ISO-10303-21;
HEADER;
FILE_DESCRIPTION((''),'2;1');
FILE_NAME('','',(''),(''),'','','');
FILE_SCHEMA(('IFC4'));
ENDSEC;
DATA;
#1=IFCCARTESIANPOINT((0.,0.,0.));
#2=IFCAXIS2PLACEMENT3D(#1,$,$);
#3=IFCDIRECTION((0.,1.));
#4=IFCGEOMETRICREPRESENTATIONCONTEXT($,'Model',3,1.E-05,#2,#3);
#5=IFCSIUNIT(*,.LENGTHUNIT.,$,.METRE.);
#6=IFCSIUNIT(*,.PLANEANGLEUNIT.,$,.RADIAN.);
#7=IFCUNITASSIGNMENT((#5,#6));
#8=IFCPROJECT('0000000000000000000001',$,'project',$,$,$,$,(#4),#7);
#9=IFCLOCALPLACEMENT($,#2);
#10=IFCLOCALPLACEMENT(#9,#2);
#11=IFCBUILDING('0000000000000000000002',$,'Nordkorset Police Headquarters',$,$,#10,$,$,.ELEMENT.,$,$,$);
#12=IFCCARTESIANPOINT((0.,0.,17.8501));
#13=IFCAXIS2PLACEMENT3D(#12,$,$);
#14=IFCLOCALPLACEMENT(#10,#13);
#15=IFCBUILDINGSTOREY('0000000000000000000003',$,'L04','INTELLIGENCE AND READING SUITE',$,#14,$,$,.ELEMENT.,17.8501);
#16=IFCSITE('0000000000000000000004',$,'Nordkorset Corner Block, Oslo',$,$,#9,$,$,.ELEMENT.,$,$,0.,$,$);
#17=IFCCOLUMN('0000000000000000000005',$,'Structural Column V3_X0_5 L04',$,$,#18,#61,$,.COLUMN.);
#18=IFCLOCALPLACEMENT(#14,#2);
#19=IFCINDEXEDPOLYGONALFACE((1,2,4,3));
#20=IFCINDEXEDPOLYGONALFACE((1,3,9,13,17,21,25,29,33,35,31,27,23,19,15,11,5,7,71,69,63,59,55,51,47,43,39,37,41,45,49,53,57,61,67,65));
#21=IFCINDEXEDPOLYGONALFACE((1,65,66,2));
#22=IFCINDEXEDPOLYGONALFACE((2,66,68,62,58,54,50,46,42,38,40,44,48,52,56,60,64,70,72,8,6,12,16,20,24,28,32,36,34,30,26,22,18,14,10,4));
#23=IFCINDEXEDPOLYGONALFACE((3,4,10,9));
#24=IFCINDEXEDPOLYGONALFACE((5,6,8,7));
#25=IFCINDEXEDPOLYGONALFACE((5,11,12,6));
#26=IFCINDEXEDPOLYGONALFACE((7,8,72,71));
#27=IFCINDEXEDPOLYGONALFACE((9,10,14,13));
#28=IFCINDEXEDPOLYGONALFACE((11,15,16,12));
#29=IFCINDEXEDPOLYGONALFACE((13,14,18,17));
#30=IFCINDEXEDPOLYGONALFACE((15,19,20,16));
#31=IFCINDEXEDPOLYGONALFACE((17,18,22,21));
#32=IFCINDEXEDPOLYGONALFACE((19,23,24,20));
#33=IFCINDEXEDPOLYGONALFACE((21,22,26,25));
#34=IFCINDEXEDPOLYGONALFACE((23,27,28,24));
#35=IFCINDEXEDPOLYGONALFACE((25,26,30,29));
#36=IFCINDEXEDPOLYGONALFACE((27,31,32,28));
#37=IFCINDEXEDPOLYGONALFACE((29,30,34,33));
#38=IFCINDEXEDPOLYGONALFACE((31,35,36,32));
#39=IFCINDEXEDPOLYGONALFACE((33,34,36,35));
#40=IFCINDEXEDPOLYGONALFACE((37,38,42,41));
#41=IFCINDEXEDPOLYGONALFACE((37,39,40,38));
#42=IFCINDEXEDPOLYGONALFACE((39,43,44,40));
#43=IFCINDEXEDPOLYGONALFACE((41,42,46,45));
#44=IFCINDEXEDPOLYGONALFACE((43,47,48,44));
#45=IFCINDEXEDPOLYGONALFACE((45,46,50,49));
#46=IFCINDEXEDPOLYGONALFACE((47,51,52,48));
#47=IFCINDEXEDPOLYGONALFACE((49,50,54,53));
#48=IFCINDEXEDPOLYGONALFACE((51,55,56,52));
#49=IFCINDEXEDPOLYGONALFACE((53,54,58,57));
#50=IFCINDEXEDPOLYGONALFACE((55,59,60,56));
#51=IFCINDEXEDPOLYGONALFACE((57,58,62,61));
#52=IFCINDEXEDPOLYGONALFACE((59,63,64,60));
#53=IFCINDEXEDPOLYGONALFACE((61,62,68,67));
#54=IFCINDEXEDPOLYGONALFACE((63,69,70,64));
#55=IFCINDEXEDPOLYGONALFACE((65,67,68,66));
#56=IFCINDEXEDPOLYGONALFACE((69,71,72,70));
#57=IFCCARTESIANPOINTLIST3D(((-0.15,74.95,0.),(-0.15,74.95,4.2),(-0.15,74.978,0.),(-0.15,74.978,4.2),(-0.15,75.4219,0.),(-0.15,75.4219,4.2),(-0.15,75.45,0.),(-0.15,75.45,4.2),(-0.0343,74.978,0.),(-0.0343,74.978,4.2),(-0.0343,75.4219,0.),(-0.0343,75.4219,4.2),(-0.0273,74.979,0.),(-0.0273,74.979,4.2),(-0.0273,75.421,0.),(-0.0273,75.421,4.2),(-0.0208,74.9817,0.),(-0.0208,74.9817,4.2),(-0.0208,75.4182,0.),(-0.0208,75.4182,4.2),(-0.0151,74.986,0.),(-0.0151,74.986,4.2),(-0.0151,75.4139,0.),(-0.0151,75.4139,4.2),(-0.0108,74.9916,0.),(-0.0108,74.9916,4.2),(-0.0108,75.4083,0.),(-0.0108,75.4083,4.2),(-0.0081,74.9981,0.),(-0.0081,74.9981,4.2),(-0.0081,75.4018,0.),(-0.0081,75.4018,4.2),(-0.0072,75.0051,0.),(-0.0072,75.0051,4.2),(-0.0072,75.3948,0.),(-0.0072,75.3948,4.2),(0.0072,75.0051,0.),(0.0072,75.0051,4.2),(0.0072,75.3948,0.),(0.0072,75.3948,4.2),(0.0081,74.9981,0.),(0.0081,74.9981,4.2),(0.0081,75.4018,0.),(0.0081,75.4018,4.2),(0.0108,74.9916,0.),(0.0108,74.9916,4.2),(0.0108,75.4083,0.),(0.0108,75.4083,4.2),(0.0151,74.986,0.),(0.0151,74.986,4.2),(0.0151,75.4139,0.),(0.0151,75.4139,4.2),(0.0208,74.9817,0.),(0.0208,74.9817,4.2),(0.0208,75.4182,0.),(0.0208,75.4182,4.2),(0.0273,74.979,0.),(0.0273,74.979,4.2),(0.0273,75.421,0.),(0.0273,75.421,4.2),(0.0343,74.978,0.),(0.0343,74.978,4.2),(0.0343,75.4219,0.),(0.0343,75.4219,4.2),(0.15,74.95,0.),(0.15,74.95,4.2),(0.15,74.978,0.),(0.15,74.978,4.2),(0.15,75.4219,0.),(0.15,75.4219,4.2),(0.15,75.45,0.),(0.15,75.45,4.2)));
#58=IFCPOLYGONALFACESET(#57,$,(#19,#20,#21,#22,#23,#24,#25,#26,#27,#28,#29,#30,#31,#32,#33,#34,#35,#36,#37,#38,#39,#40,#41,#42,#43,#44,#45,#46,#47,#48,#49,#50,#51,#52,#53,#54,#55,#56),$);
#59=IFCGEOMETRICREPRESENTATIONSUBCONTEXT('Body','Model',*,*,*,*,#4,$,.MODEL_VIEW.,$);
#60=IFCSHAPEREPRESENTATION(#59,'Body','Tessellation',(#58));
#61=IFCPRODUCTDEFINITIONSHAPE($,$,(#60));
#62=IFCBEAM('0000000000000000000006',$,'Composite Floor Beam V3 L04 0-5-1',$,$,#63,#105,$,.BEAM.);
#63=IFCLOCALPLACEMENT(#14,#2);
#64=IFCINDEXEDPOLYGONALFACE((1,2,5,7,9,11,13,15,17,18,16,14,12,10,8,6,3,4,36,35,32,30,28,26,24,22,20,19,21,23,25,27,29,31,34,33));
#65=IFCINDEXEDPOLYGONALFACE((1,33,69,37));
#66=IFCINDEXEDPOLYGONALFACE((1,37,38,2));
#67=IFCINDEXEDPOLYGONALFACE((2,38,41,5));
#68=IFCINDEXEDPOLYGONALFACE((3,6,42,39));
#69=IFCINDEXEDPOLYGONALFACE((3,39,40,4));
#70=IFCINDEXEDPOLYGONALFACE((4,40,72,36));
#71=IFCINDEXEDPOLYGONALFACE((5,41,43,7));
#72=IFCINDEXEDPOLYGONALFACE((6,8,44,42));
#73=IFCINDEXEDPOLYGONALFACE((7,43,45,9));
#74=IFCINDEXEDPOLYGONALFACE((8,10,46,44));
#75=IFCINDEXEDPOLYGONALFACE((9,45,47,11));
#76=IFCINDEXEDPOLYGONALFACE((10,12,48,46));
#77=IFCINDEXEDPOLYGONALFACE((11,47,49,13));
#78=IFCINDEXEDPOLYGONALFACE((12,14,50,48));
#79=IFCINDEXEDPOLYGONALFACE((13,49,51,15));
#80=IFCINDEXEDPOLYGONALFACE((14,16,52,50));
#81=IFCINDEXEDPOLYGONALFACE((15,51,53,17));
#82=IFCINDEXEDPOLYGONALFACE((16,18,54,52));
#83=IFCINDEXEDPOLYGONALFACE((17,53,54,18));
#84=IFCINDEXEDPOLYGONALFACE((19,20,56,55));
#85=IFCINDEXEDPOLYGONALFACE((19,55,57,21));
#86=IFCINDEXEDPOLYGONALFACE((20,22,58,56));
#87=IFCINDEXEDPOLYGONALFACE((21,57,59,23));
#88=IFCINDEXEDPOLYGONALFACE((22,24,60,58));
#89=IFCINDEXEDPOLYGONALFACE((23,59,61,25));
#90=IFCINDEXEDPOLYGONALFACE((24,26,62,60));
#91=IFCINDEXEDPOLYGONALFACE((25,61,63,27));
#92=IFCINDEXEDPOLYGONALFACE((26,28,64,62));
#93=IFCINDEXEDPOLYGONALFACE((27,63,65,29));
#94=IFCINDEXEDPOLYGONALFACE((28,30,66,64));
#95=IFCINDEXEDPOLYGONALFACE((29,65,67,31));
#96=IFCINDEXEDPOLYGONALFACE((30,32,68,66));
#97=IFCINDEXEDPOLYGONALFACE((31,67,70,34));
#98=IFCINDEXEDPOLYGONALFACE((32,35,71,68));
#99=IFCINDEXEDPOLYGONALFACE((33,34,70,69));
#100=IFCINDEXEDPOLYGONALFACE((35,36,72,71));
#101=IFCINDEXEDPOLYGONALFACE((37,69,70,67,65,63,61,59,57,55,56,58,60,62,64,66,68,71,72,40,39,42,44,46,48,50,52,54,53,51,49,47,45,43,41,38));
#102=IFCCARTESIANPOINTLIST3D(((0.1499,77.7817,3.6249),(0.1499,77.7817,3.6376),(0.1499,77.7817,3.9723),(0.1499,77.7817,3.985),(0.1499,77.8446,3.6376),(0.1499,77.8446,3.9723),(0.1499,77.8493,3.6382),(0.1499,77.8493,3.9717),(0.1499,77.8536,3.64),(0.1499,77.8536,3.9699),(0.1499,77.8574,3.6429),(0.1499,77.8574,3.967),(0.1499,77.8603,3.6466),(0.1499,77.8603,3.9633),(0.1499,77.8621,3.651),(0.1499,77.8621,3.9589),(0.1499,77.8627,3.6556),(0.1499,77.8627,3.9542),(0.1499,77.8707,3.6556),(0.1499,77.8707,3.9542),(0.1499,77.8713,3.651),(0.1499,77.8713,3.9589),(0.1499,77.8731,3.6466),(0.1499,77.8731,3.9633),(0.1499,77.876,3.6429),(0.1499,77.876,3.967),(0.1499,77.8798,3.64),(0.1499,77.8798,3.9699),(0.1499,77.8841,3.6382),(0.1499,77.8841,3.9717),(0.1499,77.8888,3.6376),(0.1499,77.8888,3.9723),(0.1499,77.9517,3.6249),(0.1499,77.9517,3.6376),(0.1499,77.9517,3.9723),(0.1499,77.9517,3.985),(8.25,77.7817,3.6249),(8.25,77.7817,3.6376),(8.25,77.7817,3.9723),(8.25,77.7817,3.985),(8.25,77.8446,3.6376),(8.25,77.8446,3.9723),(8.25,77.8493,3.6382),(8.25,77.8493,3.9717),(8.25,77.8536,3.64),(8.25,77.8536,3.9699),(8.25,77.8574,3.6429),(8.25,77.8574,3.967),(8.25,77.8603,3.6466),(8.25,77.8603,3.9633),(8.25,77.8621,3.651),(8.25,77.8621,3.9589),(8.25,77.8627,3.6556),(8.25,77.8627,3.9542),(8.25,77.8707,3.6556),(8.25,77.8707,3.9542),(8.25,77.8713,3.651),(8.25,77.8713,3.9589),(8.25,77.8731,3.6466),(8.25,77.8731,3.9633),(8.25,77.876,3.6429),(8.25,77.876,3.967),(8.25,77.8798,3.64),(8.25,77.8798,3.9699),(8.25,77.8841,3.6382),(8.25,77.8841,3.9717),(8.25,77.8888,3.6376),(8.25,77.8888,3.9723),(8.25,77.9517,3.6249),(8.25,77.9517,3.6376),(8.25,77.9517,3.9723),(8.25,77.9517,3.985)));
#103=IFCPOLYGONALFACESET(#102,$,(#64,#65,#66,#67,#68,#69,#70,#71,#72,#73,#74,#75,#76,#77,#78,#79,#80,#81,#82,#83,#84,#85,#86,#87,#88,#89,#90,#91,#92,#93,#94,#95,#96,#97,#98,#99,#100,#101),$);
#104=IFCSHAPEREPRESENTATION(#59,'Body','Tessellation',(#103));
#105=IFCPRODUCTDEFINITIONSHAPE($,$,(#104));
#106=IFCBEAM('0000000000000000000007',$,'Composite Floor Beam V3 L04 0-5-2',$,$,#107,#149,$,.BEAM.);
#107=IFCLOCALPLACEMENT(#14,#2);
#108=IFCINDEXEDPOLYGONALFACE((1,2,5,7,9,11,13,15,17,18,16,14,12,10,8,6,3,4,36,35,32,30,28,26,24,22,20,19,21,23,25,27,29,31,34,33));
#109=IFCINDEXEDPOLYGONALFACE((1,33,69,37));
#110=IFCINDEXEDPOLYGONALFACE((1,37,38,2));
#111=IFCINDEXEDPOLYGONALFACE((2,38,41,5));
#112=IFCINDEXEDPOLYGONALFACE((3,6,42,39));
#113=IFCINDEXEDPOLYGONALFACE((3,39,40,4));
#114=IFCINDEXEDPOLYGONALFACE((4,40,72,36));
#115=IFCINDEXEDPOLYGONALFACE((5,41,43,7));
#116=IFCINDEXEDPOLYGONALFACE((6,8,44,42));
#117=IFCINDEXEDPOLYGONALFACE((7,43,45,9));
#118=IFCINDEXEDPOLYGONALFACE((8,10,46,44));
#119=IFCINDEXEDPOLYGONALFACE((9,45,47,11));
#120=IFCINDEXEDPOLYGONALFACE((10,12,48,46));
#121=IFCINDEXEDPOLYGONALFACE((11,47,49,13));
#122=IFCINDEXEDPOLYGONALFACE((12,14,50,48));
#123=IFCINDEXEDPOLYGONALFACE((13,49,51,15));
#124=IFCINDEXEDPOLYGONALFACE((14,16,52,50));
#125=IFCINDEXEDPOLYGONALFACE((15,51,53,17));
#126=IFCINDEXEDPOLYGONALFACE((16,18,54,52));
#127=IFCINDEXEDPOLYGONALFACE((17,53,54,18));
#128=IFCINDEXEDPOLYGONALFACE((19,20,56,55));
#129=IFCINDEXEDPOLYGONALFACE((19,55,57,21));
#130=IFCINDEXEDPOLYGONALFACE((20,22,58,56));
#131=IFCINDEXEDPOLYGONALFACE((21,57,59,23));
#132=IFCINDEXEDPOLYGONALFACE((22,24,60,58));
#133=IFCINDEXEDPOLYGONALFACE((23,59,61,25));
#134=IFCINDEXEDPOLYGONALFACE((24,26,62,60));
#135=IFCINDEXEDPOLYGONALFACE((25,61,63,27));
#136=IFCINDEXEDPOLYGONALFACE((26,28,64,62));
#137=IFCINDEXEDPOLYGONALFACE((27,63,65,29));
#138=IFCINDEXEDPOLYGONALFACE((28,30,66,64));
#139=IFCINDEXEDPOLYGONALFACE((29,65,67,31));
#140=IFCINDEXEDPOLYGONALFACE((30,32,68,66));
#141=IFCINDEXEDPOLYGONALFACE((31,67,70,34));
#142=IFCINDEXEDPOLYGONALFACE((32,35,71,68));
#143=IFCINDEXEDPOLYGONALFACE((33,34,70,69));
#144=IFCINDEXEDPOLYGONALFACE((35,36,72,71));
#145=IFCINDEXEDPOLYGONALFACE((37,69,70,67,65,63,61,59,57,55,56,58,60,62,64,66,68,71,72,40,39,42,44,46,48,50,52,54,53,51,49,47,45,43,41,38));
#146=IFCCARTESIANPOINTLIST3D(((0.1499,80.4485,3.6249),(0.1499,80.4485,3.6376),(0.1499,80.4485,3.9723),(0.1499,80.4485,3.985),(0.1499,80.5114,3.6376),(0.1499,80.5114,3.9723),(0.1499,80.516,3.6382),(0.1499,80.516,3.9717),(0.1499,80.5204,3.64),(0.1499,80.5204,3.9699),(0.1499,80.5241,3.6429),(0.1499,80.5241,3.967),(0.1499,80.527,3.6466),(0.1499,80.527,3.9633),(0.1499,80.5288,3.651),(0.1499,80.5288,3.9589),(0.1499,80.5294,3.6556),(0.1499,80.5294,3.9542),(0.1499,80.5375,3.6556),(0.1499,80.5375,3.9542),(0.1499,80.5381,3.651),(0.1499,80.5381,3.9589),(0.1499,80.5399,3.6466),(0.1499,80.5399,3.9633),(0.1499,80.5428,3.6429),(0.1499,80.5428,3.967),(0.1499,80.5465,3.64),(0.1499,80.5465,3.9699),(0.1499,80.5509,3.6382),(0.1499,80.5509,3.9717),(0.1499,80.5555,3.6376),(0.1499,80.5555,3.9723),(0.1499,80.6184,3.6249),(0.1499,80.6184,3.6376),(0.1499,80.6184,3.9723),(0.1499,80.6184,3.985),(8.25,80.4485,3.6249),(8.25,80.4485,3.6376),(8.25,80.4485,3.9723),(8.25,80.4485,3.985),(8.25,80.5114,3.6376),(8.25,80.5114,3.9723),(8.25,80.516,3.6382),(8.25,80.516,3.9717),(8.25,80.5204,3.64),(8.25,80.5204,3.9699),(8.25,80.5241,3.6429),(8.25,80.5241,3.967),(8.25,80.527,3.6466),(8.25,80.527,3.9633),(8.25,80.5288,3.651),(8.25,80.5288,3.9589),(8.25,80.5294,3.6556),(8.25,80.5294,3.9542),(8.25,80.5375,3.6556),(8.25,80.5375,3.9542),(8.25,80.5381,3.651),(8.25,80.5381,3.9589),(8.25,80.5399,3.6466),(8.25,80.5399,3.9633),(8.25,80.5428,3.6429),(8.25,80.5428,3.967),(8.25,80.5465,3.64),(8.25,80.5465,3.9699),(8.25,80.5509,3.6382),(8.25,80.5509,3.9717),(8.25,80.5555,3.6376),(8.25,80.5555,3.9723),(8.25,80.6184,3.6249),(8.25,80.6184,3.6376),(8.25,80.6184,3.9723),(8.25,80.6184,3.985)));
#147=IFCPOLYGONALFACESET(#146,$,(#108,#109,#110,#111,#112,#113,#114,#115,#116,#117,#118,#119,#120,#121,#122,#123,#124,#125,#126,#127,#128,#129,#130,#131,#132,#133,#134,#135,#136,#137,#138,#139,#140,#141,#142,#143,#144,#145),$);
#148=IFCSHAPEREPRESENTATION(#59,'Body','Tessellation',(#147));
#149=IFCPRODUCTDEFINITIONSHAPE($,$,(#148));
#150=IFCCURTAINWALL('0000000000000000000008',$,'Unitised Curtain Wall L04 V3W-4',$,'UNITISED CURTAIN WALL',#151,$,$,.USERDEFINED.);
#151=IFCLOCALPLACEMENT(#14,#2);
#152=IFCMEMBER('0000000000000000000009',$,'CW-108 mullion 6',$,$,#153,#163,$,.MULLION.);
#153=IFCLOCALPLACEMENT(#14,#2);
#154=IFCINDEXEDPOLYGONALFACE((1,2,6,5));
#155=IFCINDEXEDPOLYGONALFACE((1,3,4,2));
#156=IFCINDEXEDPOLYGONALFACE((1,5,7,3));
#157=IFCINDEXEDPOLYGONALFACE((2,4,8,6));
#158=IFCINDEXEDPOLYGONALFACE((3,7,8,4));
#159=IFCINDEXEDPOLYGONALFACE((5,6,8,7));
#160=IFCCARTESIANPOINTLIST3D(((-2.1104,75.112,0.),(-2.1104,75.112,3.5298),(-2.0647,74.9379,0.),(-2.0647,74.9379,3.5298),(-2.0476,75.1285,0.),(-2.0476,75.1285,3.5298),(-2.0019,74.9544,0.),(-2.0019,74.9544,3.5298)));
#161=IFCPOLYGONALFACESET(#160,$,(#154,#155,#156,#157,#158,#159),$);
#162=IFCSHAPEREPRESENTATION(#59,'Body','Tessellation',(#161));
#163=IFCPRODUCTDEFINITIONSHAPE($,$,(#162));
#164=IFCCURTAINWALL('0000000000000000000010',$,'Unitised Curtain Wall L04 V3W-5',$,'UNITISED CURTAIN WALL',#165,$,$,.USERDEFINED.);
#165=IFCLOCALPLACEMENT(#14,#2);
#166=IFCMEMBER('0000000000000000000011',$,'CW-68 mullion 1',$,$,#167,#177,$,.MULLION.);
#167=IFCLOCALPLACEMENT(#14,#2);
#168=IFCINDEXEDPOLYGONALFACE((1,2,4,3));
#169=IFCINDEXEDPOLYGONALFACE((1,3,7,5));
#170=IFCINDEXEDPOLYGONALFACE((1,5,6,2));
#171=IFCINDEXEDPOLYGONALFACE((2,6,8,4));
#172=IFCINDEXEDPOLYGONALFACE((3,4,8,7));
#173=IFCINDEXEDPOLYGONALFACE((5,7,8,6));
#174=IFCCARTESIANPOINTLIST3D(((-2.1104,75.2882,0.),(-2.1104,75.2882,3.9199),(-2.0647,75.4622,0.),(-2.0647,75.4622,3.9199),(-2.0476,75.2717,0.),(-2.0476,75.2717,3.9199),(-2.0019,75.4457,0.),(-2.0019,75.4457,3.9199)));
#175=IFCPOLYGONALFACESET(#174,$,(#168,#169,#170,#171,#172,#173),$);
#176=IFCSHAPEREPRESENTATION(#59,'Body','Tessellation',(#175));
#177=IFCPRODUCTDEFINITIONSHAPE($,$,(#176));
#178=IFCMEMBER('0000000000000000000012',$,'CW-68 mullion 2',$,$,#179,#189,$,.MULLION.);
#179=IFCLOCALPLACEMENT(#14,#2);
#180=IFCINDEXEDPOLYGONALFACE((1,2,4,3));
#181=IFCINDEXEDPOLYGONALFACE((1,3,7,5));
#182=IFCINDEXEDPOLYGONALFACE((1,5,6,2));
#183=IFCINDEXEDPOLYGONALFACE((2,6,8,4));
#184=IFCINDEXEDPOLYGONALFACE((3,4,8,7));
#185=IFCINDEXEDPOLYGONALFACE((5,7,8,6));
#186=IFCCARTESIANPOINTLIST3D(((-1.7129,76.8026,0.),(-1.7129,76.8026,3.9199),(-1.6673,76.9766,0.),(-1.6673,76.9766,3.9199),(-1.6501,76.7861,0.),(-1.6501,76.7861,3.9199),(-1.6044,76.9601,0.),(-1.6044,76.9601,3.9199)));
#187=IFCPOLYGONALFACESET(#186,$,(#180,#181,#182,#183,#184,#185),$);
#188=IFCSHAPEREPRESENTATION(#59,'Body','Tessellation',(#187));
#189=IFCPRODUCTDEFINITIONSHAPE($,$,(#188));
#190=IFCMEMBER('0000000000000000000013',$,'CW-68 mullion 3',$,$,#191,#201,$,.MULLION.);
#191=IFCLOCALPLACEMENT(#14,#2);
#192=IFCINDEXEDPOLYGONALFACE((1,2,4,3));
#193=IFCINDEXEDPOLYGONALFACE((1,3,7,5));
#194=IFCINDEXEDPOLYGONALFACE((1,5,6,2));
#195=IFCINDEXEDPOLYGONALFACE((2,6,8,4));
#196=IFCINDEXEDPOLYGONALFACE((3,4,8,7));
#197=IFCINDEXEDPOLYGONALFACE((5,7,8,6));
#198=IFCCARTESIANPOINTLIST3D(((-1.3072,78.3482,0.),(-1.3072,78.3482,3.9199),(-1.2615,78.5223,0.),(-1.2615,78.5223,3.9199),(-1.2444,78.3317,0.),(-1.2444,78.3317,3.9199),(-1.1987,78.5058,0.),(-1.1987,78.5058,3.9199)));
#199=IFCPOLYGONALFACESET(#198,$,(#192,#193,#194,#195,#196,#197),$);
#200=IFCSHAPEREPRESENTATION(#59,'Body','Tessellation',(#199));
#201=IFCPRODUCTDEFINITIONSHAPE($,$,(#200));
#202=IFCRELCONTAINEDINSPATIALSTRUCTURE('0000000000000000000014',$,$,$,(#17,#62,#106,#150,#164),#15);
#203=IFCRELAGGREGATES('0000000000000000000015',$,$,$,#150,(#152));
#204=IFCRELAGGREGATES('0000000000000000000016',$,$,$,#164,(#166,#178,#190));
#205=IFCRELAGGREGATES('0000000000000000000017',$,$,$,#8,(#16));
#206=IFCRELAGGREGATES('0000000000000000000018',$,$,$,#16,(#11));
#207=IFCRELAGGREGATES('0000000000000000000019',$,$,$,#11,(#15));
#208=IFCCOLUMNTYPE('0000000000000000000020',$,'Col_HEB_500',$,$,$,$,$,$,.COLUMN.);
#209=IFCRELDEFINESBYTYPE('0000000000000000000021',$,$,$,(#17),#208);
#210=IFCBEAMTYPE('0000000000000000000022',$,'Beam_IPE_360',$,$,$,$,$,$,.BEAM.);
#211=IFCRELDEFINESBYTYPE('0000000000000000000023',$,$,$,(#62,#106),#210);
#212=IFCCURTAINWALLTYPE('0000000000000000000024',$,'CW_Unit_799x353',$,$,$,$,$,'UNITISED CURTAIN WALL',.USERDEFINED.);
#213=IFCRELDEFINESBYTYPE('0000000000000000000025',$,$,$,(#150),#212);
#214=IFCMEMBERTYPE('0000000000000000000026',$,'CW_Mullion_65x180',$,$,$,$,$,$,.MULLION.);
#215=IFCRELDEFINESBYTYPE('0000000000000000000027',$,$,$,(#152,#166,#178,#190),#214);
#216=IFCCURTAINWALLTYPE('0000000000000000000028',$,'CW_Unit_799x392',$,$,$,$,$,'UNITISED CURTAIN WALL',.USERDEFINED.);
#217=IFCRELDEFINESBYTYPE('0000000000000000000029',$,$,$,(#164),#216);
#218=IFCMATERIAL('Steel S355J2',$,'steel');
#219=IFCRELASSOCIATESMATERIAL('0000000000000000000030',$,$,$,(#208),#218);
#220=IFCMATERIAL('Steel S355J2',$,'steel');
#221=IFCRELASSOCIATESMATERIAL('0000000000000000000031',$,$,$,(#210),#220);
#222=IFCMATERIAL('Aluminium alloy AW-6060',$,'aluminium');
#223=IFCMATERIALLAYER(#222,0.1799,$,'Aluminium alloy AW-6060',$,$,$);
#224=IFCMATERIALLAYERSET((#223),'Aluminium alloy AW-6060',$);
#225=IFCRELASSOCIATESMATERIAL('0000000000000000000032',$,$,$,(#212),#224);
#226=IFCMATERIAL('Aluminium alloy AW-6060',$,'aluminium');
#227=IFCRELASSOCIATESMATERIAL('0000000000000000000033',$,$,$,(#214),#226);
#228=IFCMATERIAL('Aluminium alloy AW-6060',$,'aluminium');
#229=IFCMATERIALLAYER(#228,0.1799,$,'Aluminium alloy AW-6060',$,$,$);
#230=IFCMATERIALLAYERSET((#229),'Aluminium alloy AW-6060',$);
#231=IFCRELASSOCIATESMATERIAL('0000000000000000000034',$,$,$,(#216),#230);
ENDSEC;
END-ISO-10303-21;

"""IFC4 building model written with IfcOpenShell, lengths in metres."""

from ifc_helpers import new_model, si_unit, direction, frame, origin, origin_2d, place, context, subcontext, project, spatial, rectangle, i_section, extrude, material, layer, layer_set, material_profile, profile_set, type_object, element, aggregate, save


model = new_model("IFC4")

# Units and contexts
model_context = context("Model", 3, precision=1e-05, world=origin(), true_north=direction((0.0, 1.0)))
body_context = subcontext(model_context, "Body", "Model", "MODEL_VIEW")
ifc_project = project(units=[si_unit("LENGTHUNIT", "METRE"), si_unit("PLANEANGLEUNIT", "RADIAN")], contexts=[model_context])

# Site, building, storey
site_placement = place(None, origin())
site = spatial("IfcSite", under=ifc_project, at=site_placement, Name="Nordkorset Corner Block, Oslo", CompositionType="ELEMENT", RefElevation=0.0)
building_placement = place(site_placement, origin())
building = spatial("IfcBuilding", under=site, at=building_placement, Name="Nordkorset Police Headquarters", CompositionType="ELEMENT")
storey_placement = place(building_placement, frame((0.0, 0.0, 17.8501)))
storey = spatial("IfcBuildingStorey", under=building, at=storey_placement, Name="L04", Description="INTELLIGENCE AND READING SUITE", CompositionType="ELEMENT", Elevation=17.8501)

# Column
ifc_material_1 = material(Name="Steel S355J2", Category="steel")
ifc_material_profile_1 = material_profile(ifc_material_1, i_section(OverallWidth=0.3, OverallDepth=0.5, WebThickness=0.0144, FlangeThickness=0.0281, FilletRadius=0.0271, at=origin_2d()), Name="HEB 500")
ifc_profile_set_1 = profile_set([ifc_material_profile_1], Name="Steel S355J2")
column_type = type_object("IfcColumnType", Name="Col_HEB_500", PredefinedType="COLUMN", material=ifc_profile_set_1)
column_placement = place(storey_placement, frame((0.0, 75.2, 0.0), z_axis=(0.0, 0.0, 1.0), x_axis=(1.0, 0.0, 0.0)))
element("IfcColumn", 1, at=column_placement, inside=storey, type_object=column_type, Name="Structural Column V3_X0_5 L04", PredefinedType="COLUMN", context=body_context, shape_type="SweptSolid", body=[
    extrude(i_section(OverallWidth=0.3, OverallDepth=0.5, WebThickness=0.0144, FlangeThickness=0.0281, FilletRadius=0.0271, at=origin_2d()), origin(), (0.0, 0.0, 1.0), 4.2),
])

# Beams
ifc_material_2 = material(Name="Steel S355J2", Category="steel")
ifc_material_profile_2 = material_profile(ifc_material_2, i_section(OverallWidth=0.1699, OverallDepth=0.3601, WebThickness=0.0081, FlangeThickness=0.0127, FilletRadius=0.0181, at=origin_2d()), Name="IPE 360")
ifc_profile_set_2 = profile_set([ifc_material_profile_2], Name="Steel S355J2")
beam_type_1 = type_object("IfcBeamType", Name="Beam_IPE_360", PredefinedType="BEAM", material=ifc_profile_set_2)
for number, where, z_axis, x_axis, name in (
    (2, (0.1499, 77.8667, 3.8049), (1.0, 0.0, 0.0), (0.0, 1.0, 0.0), "Composite Floor Beam V3 L04 0-5-1"),
    (3, (0.1499, 80.5334, 3.8049), (1.0, 0.0, 0.0), (0.0, 1.0, 0.0), "Composite Floor Beam V3 L04 0-5-2"),
):
    element("IfcBeam", number, at=place(storey_placement, frame(where, z_axis=z_axis, x_axis=x_axis)), inside=storey, type_object=beam_type_1, Name=name, PredefinedType="BEAM", context=body_context, shape_type="SweptSolid", body=[
        extrude(i_section(OverallWidth=0.1699, OverallDepth=0.3601, WebThickness=0.0081, FlangeThickness=0.0127, FilletRadius=0.0181, at=origin_2d()), origin(), (0.0, 0.0, 1.0), 8.1001),
    ])

# Curtain wall, member
ifc_material_3 = material(Name="Aluminium alloy AW-6060", Category="aluminium")
ifc_layer_1 = layer(ifc_material_3, 0.1799, Name="Aluminium alloy AW-6060")
ifc_layer_set_1 = layer_set([ifc_layer_1], Name="Aluminium alloy AW-6060")
curtain_wall_type_1 = type_object("IfcCurtainWallType", Name="CW_Unit_799x353", ElementType="UNITISED CURTAIN WALL", PredefinedType="USERDEFINED", material=ifc_layer_set_1)
curtain_wall_1_placement = place(storey_placement, origin())
curtain_wall_1 = element("IfcCurtainWall", 4, at=curtain_wall_1_placement, inside=storey, type_object=curtain_wall_type_1, Name="Unitised Curtain Wall L04 V3W-4", ObjectType="UNITISED CURTAIN WALL", PredefinedType="USERDEFINED")
ifc_material_4 = material(Name="Aluminium alloy AW-6060", Category="aluminium")
ifc_material_profile_3 = material_profile(ifc_material_4, rectangle(XDim=0.0649, YDim=0.1799, at=origin_2d()), Name="ALU MULL 65x180")
ifc_profile_set_3 = profile_set([ifc_material_profile_3], Name="Aluminium alloy AW-6060")
member_type_1 = type_object("IfcMemberType", Name="CW_Mullion_65x180", PredefinedType="MULLION", material=ifc_profile_set_3)
member_1_placement = place(storey_placement, frame((-2.0562, 75.0332, 0.0), z_axis=(0.0, 0.0, 1.0), x_axis=(-0.967231, -0.253897, 0.0)))
member_1 = element("IfcMember", 5, at=member_1_placement, type_object=member_type_1, Name="CW-108 mullion 6", PredefinedType="MULLION", context=body_context, shape_type="SweptSolid", body=[
    extrude(rectangle(XDim=0.0649, YDim=0.1799, at=origin_2d()), origin(), (0.0, 0.0, 1.0), 3.5298),
])

# Curtain wall, members
ifc_material_5 = material(Name="Aluminium alloy AW-6060", Category="aluminium")
ifc_layer_2 = layer(ifc_material_5, 0.1799, Name="Aluminium alloy AW-6060")
ifc_layer_set_2 = layer_set([ifc_layer_2], Name="Aluminium alloy AW-6060")
curtain_wall_type_2 = type_object("IfcCurtainWallType", Name="CW_Unit_799x392", ElementType="UNITISED CURTAIN WALL", PredefinedType="USERDEFINED", material=ifc_layer_set_2)
curtain_wall_2_placement = place(storey_placement, origin())
curtain_wall_2 = element("IfcCurtainWall", 6, at=curtain_wall_2_placement, inside=storey, type_object=curtain_wall_type_2, Name="Unitised Curtain Wall L04 V3W-5", ObjectType="UNITISED CURTAIN WALL", PredefinedType="USERDEFINED")
member_2_placement = place(storey_placement, frame((-2.0562, 75.3669, 0.0), z_axis=(0.0, 0.0, 1.0), x_axis=(-0.967231, 0.253897, 0.0)))
member_2 = element("IfcMember", 7, at=member_2_placement, type_object=member_type_1, Name="CW-68 mullion 1", PredefinedType="MULLION", context=body_context, shape_type="SweptSolid", body=[
    extrude(rectangle(XDim=0.0649, YDim=0.1799, at=origin_2d()), origin(), (0.0, 0.0, 1.0), 3.9199),
])
member_3_placement = place(storey_placement, frame((-1.6587, 76.8813, 0.0), z_axis=(0.0, 0.0, 1.0), x_axis=(-0.967231, 0.253897, 0.0)))
member_3 = element("IfcMember", 8, at=member_3_placement, type_object=member_type_1, Name="CW-68 mullion 2", PredefinedType="MULLION", context=body_context, shape_type="SweptSolid", body=[
    extrude(rectangle(XDim=0.0649, YDim=0.1799, at=origin_2d()), origin(), (0.0, 0.0, 1.0), 3.9199),
])
member_4_placement = place(storey_placement, frame((-1.2529, 78.427, 0.0), z_axis=(0.0, 0.0, 1.0), x_axis=(-0.967231, 0.253897, 0.0)))
member_4 = element("IfcMember", 9, at=member_4_placement, type_object=member_type_1, Name="CW-68 mullion 3", PredefinedType="MULLION", context=body_context, shape_type="SweptSolid", body=[
    extrude(rectangle(XDim=0.0649, YDim=0.1799, at=origin_2d()), origin(), (0.0, 0.0, 1.0), 3.9199),
])

aggregate(curtain_wall_1, [member_1])
aggregate(curtain_wall_2, [member_2, member_3, member_4])

save(model, "model.ifc")
